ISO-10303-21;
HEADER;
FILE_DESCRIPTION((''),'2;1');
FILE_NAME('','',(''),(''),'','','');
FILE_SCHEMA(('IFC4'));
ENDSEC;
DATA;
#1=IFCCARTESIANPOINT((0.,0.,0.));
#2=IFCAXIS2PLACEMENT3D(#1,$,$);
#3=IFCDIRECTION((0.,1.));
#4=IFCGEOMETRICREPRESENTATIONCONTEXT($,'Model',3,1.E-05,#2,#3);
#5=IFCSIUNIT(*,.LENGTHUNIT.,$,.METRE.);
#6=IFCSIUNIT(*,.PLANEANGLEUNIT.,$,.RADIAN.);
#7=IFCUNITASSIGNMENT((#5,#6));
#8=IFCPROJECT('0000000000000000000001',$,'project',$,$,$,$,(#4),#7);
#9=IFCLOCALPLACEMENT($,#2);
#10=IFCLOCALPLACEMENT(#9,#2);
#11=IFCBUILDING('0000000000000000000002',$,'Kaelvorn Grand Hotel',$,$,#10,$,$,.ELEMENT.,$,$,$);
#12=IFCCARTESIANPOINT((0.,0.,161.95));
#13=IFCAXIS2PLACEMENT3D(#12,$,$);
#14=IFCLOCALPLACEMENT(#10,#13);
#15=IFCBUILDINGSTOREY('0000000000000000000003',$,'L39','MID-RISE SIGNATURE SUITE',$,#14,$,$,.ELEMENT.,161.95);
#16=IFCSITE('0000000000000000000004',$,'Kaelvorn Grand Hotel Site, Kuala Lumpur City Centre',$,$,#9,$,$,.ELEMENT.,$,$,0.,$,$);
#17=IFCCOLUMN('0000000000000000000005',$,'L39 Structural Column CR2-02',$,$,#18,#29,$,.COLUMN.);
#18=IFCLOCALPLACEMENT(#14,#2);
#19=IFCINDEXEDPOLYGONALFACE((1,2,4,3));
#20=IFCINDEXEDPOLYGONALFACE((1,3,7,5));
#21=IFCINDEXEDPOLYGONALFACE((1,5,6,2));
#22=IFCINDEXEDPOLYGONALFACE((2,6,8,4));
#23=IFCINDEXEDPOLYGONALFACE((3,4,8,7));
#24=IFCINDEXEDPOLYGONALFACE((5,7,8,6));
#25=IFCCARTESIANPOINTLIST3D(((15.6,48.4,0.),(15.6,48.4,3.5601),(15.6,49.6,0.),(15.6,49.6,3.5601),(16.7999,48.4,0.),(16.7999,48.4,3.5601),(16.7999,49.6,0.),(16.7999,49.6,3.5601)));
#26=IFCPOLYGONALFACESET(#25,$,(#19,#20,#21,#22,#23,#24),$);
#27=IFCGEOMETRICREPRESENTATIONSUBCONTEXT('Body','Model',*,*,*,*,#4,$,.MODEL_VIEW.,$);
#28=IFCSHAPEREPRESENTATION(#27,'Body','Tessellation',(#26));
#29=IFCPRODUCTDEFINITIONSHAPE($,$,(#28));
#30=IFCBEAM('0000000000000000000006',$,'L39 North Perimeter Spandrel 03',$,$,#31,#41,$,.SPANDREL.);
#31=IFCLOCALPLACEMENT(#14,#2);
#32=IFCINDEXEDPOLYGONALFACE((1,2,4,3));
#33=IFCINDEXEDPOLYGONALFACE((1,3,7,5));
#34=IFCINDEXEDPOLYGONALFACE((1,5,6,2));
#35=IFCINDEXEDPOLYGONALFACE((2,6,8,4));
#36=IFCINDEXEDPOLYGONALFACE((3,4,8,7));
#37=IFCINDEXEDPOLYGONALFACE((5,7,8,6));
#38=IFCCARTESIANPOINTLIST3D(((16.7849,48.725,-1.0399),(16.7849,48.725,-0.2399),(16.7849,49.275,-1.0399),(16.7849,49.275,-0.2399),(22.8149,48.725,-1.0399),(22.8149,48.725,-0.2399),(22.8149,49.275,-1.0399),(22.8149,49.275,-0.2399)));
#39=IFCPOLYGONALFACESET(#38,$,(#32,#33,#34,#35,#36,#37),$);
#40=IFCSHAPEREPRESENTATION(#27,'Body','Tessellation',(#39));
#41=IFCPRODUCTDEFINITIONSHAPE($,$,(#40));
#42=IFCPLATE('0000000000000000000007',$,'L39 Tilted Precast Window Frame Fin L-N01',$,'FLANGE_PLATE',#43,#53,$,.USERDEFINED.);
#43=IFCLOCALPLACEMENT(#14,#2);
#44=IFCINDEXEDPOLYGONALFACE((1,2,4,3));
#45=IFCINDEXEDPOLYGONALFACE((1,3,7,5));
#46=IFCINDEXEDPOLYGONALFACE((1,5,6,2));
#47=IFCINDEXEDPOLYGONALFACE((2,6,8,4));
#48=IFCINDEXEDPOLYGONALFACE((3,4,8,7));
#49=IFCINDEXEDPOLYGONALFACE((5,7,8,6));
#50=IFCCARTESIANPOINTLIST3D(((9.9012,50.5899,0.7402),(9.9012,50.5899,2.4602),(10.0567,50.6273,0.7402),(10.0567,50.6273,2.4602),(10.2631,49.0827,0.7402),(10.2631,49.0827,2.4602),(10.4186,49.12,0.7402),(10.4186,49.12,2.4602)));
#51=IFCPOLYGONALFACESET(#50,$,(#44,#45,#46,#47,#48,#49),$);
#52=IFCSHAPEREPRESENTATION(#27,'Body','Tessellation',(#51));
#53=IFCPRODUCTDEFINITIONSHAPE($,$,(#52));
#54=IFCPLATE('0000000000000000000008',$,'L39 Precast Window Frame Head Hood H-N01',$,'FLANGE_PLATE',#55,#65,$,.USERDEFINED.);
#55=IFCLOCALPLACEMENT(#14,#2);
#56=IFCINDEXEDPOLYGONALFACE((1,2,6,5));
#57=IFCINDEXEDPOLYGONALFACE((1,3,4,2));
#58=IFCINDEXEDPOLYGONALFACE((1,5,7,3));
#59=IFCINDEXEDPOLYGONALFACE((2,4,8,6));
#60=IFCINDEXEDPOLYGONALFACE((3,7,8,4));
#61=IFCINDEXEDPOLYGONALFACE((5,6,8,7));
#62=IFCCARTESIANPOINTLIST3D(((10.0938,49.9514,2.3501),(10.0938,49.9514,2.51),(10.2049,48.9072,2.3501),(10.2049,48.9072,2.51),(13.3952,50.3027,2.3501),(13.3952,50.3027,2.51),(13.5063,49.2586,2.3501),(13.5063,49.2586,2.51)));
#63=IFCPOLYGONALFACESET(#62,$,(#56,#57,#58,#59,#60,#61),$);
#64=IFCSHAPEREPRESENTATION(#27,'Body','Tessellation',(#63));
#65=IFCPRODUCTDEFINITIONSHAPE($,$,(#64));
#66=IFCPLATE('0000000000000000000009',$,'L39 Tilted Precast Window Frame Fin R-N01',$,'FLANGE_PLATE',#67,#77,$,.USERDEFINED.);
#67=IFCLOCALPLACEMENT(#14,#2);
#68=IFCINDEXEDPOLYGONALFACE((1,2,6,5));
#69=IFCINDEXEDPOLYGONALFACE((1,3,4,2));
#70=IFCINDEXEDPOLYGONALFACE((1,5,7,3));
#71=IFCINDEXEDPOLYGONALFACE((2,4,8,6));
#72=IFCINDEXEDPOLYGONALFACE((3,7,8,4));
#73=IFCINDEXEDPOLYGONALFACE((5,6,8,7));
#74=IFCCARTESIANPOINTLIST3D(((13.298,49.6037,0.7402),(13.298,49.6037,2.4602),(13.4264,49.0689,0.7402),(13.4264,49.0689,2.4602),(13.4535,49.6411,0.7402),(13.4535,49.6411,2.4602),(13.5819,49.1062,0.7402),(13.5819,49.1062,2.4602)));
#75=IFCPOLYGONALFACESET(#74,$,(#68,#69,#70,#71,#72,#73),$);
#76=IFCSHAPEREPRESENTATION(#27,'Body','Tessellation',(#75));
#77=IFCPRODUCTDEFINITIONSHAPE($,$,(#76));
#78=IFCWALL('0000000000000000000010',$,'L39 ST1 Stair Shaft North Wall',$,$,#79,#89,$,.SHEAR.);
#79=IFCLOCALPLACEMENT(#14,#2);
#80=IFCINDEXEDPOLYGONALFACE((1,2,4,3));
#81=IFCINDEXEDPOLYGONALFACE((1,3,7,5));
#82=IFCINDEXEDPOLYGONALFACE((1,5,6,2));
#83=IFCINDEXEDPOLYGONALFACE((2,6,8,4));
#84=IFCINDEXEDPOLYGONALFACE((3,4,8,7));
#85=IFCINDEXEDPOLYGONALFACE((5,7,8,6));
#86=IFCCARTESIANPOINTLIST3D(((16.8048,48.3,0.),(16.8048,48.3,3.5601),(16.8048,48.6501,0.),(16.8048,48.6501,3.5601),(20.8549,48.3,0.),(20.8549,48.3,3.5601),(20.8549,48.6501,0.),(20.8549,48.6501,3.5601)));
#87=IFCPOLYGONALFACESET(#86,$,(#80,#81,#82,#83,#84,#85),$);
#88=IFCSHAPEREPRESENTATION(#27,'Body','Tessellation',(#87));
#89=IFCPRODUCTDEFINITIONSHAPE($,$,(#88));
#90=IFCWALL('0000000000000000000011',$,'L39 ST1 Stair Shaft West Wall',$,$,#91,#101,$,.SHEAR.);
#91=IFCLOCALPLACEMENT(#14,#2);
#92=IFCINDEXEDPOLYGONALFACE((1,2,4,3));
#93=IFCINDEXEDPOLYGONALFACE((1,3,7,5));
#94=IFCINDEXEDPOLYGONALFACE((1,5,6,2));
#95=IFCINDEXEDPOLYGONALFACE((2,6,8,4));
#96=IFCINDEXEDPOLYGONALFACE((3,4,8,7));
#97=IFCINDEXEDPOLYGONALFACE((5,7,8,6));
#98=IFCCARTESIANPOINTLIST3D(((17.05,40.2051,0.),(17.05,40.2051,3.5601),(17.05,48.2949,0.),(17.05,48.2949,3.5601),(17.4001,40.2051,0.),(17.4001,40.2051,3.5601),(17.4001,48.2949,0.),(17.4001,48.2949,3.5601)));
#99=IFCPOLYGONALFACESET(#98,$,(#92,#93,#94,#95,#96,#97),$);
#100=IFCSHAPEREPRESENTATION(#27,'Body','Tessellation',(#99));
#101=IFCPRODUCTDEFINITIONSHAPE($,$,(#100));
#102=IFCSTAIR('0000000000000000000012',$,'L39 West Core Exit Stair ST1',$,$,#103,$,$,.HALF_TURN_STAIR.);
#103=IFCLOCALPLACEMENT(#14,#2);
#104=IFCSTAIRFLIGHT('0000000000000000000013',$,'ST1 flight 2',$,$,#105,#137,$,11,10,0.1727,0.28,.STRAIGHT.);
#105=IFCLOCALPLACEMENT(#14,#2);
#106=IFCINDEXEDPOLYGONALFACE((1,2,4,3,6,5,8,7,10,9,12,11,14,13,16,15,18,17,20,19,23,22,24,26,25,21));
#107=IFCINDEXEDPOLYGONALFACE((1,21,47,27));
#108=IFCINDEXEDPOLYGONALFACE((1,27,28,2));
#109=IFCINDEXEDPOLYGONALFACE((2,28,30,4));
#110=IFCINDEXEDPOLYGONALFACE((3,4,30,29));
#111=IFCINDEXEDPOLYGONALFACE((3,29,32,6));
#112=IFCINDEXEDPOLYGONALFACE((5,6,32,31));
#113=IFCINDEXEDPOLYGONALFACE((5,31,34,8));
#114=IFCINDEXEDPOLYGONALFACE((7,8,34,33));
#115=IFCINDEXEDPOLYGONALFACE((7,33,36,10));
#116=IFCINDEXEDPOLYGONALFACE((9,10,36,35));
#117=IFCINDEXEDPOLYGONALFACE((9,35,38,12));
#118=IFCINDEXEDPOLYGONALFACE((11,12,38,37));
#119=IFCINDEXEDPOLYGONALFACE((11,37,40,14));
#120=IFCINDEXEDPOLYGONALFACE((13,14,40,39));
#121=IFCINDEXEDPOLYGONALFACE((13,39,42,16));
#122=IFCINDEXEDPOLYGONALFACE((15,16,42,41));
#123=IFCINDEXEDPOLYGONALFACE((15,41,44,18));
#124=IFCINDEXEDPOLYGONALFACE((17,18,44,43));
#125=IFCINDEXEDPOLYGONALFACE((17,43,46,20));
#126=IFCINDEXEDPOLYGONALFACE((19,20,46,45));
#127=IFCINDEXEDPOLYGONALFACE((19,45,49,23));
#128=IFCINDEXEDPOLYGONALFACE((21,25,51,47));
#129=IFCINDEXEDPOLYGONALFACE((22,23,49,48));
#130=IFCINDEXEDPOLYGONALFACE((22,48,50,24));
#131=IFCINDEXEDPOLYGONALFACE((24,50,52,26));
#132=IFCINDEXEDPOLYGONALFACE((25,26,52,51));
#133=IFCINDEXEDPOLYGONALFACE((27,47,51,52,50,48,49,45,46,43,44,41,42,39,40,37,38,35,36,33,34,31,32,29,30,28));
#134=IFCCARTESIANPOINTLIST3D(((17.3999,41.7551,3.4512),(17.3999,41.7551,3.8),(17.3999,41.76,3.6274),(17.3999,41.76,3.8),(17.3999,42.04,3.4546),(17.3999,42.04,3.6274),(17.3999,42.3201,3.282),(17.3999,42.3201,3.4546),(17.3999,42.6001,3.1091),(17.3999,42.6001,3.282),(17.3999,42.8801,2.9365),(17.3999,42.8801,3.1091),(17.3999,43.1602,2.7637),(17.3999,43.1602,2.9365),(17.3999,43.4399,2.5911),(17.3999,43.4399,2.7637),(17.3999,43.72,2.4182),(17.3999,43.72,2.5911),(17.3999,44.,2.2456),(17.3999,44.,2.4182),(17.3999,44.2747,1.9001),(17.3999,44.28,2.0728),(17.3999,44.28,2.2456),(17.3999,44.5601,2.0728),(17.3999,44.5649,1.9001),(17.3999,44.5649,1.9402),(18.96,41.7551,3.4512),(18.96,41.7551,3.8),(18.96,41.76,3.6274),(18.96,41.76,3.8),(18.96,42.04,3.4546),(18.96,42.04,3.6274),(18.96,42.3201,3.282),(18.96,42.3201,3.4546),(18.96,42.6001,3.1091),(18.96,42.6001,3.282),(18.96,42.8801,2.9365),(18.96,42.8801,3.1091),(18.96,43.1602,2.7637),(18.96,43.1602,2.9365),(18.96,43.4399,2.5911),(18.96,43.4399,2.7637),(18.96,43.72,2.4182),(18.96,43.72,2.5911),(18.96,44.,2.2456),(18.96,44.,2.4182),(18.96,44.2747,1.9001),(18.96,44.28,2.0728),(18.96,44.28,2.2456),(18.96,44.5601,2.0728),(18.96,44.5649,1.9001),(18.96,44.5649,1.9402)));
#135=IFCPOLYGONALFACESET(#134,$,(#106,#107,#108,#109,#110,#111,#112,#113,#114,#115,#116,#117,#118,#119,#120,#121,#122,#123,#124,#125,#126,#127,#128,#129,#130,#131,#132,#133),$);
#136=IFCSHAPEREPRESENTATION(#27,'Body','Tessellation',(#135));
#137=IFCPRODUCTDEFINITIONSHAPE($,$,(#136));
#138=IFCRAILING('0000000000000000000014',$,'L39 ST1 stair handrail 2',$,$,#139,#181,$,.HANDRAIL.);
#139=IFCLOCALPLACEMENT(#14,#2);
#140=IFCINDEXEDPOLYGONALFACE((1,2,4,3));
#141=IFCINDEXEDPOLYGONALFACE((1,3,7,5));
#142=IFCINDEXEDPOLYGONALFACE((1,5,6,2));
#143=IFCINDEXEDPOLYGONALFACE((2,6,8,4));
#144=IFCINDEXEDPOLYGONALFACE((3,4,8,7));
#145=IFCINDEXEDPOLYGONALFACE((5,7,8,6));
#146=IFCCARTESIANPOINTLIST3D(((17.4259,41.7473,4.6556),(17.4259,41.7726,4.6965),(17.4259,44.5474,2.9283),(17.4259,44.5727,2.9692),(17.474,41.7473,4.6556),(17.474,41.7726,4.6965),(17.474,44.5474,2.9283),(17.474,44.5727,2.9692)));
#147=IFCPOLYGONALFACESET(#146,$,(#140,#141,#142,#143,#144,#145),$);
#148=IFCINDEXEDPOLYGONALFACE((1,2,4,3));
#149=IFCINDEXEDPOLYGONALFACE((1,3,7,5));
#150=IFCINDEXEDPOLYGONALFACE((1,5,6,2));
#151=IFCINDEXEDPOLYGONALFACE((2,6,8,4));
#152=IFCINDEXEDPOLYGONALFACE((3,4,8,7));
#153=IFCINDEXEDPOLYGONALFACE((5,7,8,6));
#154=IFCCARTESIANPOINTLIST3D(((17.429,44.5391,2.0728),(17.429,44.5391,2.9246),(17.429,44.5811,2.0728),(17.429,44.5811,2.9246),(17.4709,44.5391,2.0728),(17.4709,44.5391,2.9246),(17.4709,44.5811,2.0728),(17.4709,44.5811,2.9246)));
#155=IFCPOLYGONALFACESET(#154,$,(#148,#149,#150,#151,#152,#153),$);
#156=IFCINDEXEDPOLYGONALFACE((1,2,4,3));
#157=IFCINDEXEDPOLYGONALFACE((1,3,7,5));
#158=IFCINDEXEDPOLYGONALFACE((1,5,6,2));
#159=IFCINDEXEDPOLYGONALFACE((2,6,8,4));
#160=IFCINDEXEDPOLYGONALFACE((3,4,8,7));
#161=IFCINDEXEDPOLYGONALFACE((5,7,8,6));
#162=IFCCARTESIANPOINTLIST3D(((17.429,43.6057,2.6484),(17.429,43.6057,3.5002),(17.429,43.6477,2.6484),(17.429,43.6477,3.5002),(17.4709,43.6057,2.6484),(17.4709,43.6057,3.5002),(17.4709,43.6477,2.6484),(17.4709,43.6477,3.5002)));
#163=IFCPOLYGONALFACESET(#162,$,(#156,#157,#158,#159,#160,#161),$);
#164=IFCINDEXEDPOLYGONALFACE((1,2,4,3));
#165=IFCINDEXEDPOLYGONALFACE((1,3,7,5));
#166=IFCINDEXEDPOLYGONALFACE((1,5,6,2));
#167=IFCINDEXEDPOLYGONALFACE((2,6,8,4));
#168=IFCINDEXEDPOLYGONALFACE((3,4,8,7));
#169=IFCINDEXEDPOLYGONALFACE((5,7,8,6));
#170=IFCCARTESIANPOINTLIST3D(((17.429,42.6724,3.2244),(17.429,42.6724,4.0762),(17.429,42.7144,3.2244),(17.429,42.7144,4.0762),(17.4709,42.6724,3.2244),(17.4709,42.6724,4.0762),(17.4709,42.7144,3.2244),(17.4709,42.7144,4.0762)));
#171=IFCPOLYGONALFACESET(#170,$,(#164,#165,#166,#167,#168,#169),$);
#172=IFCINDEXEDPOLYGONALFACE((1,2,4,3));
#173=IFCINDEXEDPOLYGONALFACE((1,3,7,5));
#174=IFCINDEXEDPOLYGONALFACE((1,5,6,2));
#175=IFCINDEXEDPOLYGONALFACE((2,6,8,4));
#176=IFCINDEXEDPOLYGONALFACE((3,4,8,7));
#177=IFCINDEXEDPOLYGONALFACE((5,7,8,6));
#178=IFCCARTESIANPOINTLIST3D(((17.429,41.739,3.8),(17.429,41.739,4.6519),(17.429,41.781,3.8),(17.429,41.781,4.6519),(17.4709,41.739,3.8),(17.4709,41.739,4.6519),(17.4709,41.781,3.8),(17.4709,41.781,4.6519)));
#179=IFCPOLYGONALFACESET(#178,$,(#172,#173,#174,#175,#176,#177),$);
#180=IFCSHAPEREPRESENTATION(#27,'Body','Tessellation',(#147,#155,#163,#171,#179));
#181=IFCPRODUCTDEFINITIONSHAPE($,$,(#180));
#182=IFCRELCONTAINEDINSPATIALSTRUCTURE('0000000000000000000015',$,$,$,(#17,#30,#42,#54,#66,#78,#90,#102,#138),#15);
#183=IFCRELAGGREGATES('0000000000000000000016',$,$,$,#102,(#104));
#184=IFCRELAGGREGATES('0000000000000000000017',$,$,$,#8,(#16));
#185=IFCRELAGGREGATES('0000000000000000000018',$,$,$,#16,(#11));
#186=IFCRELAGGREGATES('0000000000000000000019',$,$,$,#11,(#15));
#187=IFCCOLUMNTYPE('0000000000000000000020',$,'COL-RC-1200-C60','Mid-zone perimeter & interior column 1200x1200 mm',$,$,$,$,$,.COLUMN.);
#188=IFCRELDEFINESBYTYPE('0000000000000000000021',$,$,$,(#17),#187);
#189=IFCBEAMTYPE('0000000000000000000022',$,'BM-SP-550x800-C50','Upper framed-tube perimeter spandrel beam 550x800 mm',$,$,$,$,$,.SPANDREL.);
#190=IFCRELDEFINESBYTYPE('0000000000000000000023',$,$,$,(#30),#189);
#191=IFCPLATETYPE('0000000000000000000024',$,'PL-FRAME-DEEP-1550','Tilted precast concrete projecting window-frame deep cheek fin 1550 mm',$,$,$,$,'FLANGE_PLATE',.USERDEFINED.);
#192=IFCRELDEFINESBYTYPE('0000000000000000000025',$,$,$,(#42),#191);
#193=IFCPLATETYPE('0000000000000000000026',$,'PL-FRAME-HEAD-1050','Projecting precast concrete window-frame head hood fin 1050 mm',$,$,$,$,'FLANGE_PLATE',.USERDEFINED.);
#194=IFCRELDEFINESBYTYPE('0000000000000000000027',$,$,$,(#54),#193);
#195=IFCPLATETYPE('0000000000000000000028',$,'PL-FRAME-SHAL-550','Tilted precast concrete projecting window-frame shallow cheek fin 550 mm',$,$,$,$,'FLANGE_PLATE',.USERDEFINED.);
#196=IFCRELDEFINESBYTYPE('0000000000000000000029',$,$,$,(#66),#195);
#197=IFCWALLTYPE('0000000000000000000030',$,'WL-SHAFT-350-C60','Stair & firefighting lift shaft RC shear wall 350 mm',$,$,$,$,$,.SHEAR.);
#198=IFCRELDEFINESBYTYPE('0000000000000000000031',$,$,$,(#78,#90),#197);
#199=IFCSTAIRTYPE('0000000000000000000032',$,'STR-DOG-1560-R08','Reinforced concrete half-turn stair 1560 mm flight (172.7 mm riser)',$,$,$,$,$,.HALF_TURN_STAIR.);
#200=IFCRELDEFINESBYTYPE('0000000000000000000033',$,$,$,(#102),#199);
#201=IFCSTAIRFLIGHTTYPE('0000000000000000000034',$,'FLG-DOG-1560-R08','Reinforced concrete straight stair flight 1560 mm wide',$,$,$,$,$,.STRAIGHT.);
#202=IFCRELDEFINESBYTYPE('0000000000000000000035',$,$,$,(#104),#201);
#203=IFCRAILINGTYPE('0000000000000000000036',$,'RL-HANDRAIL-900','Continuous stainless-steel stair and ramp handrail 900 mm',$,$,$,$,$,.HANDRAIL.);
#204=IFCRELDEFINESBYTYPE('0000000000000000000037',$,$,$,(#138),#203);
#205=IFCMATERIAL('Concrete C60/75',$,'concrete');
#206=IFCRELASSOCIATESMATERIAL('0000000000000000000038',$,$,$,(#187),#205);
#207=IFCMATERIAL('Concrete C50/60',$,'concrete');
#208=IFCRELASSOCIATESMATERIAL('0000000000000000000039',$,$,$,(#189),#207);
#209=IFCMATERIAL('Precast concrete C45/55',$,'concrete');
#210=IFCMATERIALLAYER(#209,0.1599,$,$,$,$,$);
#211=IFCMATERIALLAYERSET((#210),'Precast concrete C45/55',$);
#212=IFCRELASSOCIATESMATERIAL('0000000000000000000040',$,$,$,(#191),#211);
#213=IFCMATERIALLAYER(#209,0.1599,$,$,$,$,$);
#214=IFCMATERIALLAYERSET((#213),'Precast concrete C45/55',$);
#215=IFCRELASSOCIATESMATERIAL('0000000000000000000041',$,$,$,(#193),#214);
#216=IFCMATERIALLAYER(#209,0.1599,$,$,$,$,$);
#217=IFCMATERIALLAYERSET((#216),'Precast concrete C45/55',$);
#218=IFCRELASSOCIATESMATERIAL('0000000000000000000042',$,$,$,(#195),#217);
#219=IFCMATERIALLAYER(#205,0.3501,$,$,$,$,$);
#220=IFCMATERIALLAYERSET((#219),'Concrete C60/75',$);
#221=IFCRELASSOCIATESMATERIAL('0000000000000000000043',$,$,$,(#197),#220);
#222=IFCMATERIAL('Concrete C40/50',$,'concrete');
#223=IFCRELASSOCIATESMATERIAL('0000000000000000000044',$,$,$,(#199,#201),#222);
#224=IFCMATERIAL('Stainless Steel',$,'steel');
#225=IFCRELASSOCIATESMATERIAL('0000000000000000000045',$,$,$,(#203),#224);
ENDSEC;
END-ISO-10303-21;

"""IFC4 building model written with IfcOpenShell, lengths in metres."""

from ifc_helpers import new_model, si_unit, direction, frame, frame_2d, origin, origin_2d, place, context, subcontext, project, spatial, polyline, rectangle, outline, extrude, material, layer, layer_set, material_profile, profile_set, type_object, element, aggregate, save


model = new_model("IFC4")

# Units and contexts
model_context = context("Model", 3, precision=1e-05, world=origin(), true_north=direction((0.0, 1.0)))
body_context = subcontext(model_context, "Body", "Model", "MODEL_VIEW")
ifc_project = project(units=[si_unit("LENGTHUNIT", "METRE"), si_unit("PLANEANGLEUNIT", "RADIAN")], contexts=[model_context])

# Site, building, storey
site_placement = place(None, origin())
site = spatial("IfcSite", under=ifc_project, at=site_placement, Name="Kaelvorn Grand Hotel Site, Kuala Lumpur City Centre", CompositionType="ELEMENT", RefElevation=0.0)
building_placement = place(site_placement, origin())
building = spatial("IfcBuilding", under=site, at=building_placement, Name="Kaelvorn Grand Hotel", CompositionType="ELEMENT")
storey_placement = place(building_placement, frame((0.0, 0.0, 161.95)))
storey = spatial("IfcBuildingStorey", under=building, at=storey_placement, Name="L39", Description="MID-RISE SIGNATURE SUITE", CompositionType="ELEMENT", Elevation=161.95)

# Column
ifc_material_1 = material(Name="Concrete C60/75", Category="concrete")
ifc_material_profile_1 = material_profile(ifc_material_1, rectangle(XDim=1.2, YDim=1.2, at=origin_2d()), Name="RC COL 1200x1200")
ifc_profile_set_1 = profile_set([ifc_material_profile_1], Name="Concrete C60/75")
column_type = type_object("IfcColumnType", Name="COL-RC-1200-C60", Description="Mid-zone perimeter & interior column 1200x1200 mm", PredefinedType="COLUMN", material=ifc_profile_set_1)
column_placement = place(storey_placement, frame((16.2, 49.0, 0.0), z_axis=(0.0, 0.0, 1.0), x_axis=(1.0, 0.0, 0.0)))
element("IfcColumn", 1, at=column_placement, inside=storey, type_object=column_type, Name="L39 Structural Column CR2-02", PredefinedType="COLUMN", context=body_context, shape_type="SweptSolid", body=[
    extrude(rectangle(XDim=1.2, YDim=1.2, at=origin_2d()), origin(), (0.0, 0.0, 1.0), 3.5601),
])

# Beam
ifc_material_2 = material(Name="Concrete C50/60", Category="concrete")
ifc_material_profile_2 = material_profile(ifc_material_2, rectangle(XDim=0.55, YDim=0.8, at=origin_2d()), Name="RC SPANDREL 550x800")
ifc_profile_set_2 = profile_set([ifc_material_profile_2], Name="Concrete C50/60")
beam_type = type_object("IfcBeamType", Name="BM-SP-550x800-C50", Description="Upper framed-tube perimeter spandrel beam 550x800 mm", PredefinedType="SPANDREL", material=ifc_profile_set_2)
beam_placement = place(storey_placement, frame((16.7849, 49.0, -0.6399), z_axis=(1.0, 0.0, 0.0), x_axis=(0.0, 1.0, 0.0)))
element("IfcBeam", 2, at=beam_placement, inside=storey, type_object=beam_type, Name="L39 North Perimeter Spandrel 03", PredefinedType="SPANDREL", context=body_context, shape_type="SweptSolid", body=[
    extrude(rectangle(XDim=0.55, YDim=0.8, at=origin_2d()), origin(), (0.0, 0.0, 1.0), 6.03),
])

# Plates
ifc_material_3 = material(Name="Precast concrete C45/55", Category="concrete")
ifc_layer_1 = layer(ifc_material_3, 0.1599)
ifc_layer_set_1 = layer_set([ifc_layer_1], Name="Precast concrete C45/55")
plate_type_1 = type_object("IfcPlateType", Name="PL-FRAME-DEEP-1550", Description="Tilted precast concrete projecting window-frame deep cheek fin 1550 mm", ElementType="FLANGE_PLATE", PredefinedType="USERDEFINED", material=ifc_layer_set_1)
plate_1_placement = place(storey_placement, frame((10.1599, 49.855, 0.7402), z_axis=(0.0, 0.0, 1.0), x_axis=(0.97237, 0.233445, 0.0)))
element("IfcPlate", 3, at=plate_1_placement, inside=storey, type_object=plate_type_1, Name="L39 Tilted Precast Window Frame Fin L-N01", ObjectType="FLANGE_PLATE", PredefinedType="USERDEFINED", context=body_context, shape_type="SweptSolid", body=[
    extrude(rectangle(XDim=0.1599, YDim=1.55, at=origin_2d()), origin(), (0.0, 0.0, 1.0), 1.72),
])
ifc_layer_2 = layer(ifc_material_3, 0.1599)
ifc_layer_set_2 = layer_set([ifc_layer_2], Name="Precast concrete C45/55")
plate_type_2 = type_object("IfcPlateType", Name="PL-FRAME-HEAD-1050", Description="Projecting precast concrete window-frame head hood fin 1050 mm", ElementType="FLANGE_PLATE", PredefinedType="USERDEFINED", material=ifc_layer_set_2)
plate_2_placement = place(storey_placement, frame((11.8, 49.605, 2.3501), z_axis=(0.0, 0.0, 1.0), x_axis=(0.994384, 0.10583, 0.0)))
element("IfcPlate", 4, at=plate_2_placement, inside=storey, type_object=plate_type_2, Name="L39 Precast Window Frame Head Hood H-N01", ObjectType="FLANGE_PLATE", PredefinedType="USERDEFINED", context=body_context, shape_type="SweptSolid", body=[
    extrude(rectangle(XDim=3.3201, YDim=1.05, at=origin_2d()), origin(), (0.0, 0.0, 1.0), 0.1599),
])
ifc_layer_3 = layer(ifc_material_3, 0.1599)
ifc_layer_set_3 = layer_set([ifc_layer_3], Name="Precast concrete C45/55")
plate_type_3 = type_object("IfcPlateType", Name="PL-FRAME-SHAL-550", Description="Tilted precast concrete projecting window-frame shallow cheek fin 550 mm", ElementType="FLANGE_PLATE", PredefinedType="USERDEFINED", material=ifc_layer_set_3)
plate_3_placement = place(storey_placement, frame((13.4399, 49.355, 0.7402), z_axis=(0.0, 0.0, 1.0), x_axis=(0.97237, 0.233445, 0.0)))
element("IfcPlate", 5, at=plate_3_placement, inside=storey, type_object=plate_type_3, Name="L39 Tilted Precast Window Frame Fin R-N01", ObjectType="FLANGE_PLATE", PredefinedType="USERDEFINED", context=body_context, shape_type="SweptSolid", body=[
    extrude(rectangle(XDim=0.1599, YDim=0.55, at=origin_2d()), origin(), (0.0, 0.0, 1.0), 1.72),
])

# Shared definitions
ifc_layer_4 = layer(ifc_material_1, 0.3501)
ifc_layer_set_4 = layer_set([ifc_layer_4], Name="Concrete C60/75")
wall_type = type_object("IfcWallType", Name="WL-SHAFT-350-C60", Description="Stair & firefighting lift shaft RC shear wall 350 mm", PredefinedType="SHEAR", material=ifc_layer_set_4)

# Walls
wall_1_placement = place(storey_placement, frame((16.8049, 48.4751, 0.0), z_axis=(0.0, 0.0, 1.0), x_axis=(1.0, 0.0, 0.0)))
element("IfcWall", 6, at=wall_1_placement, inside=storey, type_object=wall_type, Name="L39 ST1 Stair Shaft North Wall", PredefinedType="SHEAR", context=body_context, shape_type="SweptSolid", body=[
    extrude(rectangle(XDim=4.05, YDim=0.3501, at=frame_2d((2.0249, 0.0))), origin(), (0.0, 0.0, 1.0), 3.5601),
])
wall_2_placement = place(storey_placement, frame((17.2251, 40.2051, 0.0), z_axis=(0.0, 0.0, 1.0), x_axis=(0.0, 1.0, 0.0)))
element("IfcWall", 7, at=wall_2_placement, inside=storey, type_object=wall_type, Name="L39 ST1 Stair Shaft West Wall", PredefinedType="SHEAR", context=body_context, shape_type="SweptSolid", body=[
    extrude(rectangle(XDim=8.0898, YDim=0.3501, at=frame_2d((4.0449, 0.0))), origin(), (0.0, 0.0, 1.0), 3.5601),
])

# Stair, stair flight
ifc_material_4 = material(Name="Concrete C40/50", Category="concrete")
stair_type = type_object("IfcStairType", Name="STR-DOG-1560-R08", Description="Reinforced concrete half-turn stair 1560 mm flight (172.7 mm riser)", PredefinedType="HALF_TURN_STAIR", material=ifc_material_4)
stair_placement = place(storey_placement, origin())
stair = element("IfcStair", 8, at=stair_placement, inside=storey, type_object=stair_type, Name="L39 West Core Exit Stair ST1", PredefinedType="HALF_TURN_STAIR")
stair_flight_type = type_object("IfcStairFlightType", Name="FLG-DOG-1560-R08", Description="Reinforced concrete straight stair flight 1560 mm wide", PredefinedType="STRAIGHT", material=ifc_material_4)
stair_flight_placement = place(storey_placement, frame((18.1799, 44.5601, 1.9001), z_axis=(0.0, 0.0, 1.0), x_axis=(0.0, -1.0, 0.0)))
stair_flight = element("IfcStairFlight", 9, at=stair_flight_placement, type_object=stair_flight_type, Name="ST1 flight 2", NumberOfRisers=11, NumberOfTreads=10, PredefinedType="STRAIGHT", RiserHeight=0.1727, TreadLength=0.28, context=body_context, shape_type="SweptSolid", body=[
    extrude(outline(polyline([(-0.0049, 0.0), (-0.0049, 0.04), (0.0, 0.1726), (0.28, 0.1726), (0.28, 0.3455), (0.5601, 0.3455), (0.5601, 0.5181), (0.8401, 0.5181), (0.8401, 0.6909), (1.1201, 0.6909), (1.1201, 0.8635), (1.3999, 0.8635), (1.3999, 1.0364), (1.6799, 1.0364), (1.6799, 1.209), (1.96, 1.209), (1.96, 1.3818), (2.24, 1.3818), (2.24, 1.5544), (2.52, 1.5544), (2.52, 1.7273), (2.8, 1.7273), (2.8, 1.8999), (2.8049, 1.8999), (2.8049, 1.551), (0.2854, 0.0), (-0.0049, 0.0)])), frame((0.0, 0.78, 0.0), z_axis=(0.0, -1.0, 0.0), x_axis=(1.0, 0.0, 0.0)), (0.0, 0.0, 1.0), 1.5601),
])
aggregate(stair, [stair_flight])

# Railing
ifc_material_5 = material(Name="Stainless Steel", Category="steel")
railing_type_1 = type_object("IfcRailingType", Name="RL-HANDRAIL-900", Description="Continuous stainless-steel stair and ramp handrail 900 mm", PredefinedType="HANDRAIL", material=ifc_material_5)
railing_1_placement = place(storey_placement, frame((17.45, 44.5601, 2.0728)))
element("IfcRailing", 10, at=railing_1_placement, inside=storey, type_object=railing_type_1, Name="L39 ST1 stair handrail 2", PredefinedType="HANDRAIL", context=body_context, shape_type="SweptSolid", body=[
    extrude(rectangle(XDim=0.0481, YDim=0.0481, at=origin_2d()), frame((0.0, 0.0, 0.876), z_axis=(0.0, -0.85109, 0.52502), x_axis=(1.0, 0.0, 0.0)), (0.0, 0.0, 1.0), 3.29),
    extrude(rectangle(XDim=0.042, YDim=0.042, at=origin_2d()), origin(), (0.0, 0.0, 1.0), 0.8518),
    extrude(rectangle(XDim=0.042, YDim=0.042, at=origin_2d()), frame((0.0, -0.9333, 0.5757)), (0.0, 0.0, 1.0), 0.8518),
    extrude(rectangle(XDim=0.042, YDim=0.042, at=origin_2d()), frame((0.0, -1.8667, 1.1516)), (0.0, 0.0, 1.0), 0.8518),
    extrude(rectangle(XDim=0.042, YDim=0.042, at=origin_2d()), frame((0.0, -2.8, 1.7273)), (0.0, 0.0, 1.0), 0.8518),
])

save(model, "model.ifc")
